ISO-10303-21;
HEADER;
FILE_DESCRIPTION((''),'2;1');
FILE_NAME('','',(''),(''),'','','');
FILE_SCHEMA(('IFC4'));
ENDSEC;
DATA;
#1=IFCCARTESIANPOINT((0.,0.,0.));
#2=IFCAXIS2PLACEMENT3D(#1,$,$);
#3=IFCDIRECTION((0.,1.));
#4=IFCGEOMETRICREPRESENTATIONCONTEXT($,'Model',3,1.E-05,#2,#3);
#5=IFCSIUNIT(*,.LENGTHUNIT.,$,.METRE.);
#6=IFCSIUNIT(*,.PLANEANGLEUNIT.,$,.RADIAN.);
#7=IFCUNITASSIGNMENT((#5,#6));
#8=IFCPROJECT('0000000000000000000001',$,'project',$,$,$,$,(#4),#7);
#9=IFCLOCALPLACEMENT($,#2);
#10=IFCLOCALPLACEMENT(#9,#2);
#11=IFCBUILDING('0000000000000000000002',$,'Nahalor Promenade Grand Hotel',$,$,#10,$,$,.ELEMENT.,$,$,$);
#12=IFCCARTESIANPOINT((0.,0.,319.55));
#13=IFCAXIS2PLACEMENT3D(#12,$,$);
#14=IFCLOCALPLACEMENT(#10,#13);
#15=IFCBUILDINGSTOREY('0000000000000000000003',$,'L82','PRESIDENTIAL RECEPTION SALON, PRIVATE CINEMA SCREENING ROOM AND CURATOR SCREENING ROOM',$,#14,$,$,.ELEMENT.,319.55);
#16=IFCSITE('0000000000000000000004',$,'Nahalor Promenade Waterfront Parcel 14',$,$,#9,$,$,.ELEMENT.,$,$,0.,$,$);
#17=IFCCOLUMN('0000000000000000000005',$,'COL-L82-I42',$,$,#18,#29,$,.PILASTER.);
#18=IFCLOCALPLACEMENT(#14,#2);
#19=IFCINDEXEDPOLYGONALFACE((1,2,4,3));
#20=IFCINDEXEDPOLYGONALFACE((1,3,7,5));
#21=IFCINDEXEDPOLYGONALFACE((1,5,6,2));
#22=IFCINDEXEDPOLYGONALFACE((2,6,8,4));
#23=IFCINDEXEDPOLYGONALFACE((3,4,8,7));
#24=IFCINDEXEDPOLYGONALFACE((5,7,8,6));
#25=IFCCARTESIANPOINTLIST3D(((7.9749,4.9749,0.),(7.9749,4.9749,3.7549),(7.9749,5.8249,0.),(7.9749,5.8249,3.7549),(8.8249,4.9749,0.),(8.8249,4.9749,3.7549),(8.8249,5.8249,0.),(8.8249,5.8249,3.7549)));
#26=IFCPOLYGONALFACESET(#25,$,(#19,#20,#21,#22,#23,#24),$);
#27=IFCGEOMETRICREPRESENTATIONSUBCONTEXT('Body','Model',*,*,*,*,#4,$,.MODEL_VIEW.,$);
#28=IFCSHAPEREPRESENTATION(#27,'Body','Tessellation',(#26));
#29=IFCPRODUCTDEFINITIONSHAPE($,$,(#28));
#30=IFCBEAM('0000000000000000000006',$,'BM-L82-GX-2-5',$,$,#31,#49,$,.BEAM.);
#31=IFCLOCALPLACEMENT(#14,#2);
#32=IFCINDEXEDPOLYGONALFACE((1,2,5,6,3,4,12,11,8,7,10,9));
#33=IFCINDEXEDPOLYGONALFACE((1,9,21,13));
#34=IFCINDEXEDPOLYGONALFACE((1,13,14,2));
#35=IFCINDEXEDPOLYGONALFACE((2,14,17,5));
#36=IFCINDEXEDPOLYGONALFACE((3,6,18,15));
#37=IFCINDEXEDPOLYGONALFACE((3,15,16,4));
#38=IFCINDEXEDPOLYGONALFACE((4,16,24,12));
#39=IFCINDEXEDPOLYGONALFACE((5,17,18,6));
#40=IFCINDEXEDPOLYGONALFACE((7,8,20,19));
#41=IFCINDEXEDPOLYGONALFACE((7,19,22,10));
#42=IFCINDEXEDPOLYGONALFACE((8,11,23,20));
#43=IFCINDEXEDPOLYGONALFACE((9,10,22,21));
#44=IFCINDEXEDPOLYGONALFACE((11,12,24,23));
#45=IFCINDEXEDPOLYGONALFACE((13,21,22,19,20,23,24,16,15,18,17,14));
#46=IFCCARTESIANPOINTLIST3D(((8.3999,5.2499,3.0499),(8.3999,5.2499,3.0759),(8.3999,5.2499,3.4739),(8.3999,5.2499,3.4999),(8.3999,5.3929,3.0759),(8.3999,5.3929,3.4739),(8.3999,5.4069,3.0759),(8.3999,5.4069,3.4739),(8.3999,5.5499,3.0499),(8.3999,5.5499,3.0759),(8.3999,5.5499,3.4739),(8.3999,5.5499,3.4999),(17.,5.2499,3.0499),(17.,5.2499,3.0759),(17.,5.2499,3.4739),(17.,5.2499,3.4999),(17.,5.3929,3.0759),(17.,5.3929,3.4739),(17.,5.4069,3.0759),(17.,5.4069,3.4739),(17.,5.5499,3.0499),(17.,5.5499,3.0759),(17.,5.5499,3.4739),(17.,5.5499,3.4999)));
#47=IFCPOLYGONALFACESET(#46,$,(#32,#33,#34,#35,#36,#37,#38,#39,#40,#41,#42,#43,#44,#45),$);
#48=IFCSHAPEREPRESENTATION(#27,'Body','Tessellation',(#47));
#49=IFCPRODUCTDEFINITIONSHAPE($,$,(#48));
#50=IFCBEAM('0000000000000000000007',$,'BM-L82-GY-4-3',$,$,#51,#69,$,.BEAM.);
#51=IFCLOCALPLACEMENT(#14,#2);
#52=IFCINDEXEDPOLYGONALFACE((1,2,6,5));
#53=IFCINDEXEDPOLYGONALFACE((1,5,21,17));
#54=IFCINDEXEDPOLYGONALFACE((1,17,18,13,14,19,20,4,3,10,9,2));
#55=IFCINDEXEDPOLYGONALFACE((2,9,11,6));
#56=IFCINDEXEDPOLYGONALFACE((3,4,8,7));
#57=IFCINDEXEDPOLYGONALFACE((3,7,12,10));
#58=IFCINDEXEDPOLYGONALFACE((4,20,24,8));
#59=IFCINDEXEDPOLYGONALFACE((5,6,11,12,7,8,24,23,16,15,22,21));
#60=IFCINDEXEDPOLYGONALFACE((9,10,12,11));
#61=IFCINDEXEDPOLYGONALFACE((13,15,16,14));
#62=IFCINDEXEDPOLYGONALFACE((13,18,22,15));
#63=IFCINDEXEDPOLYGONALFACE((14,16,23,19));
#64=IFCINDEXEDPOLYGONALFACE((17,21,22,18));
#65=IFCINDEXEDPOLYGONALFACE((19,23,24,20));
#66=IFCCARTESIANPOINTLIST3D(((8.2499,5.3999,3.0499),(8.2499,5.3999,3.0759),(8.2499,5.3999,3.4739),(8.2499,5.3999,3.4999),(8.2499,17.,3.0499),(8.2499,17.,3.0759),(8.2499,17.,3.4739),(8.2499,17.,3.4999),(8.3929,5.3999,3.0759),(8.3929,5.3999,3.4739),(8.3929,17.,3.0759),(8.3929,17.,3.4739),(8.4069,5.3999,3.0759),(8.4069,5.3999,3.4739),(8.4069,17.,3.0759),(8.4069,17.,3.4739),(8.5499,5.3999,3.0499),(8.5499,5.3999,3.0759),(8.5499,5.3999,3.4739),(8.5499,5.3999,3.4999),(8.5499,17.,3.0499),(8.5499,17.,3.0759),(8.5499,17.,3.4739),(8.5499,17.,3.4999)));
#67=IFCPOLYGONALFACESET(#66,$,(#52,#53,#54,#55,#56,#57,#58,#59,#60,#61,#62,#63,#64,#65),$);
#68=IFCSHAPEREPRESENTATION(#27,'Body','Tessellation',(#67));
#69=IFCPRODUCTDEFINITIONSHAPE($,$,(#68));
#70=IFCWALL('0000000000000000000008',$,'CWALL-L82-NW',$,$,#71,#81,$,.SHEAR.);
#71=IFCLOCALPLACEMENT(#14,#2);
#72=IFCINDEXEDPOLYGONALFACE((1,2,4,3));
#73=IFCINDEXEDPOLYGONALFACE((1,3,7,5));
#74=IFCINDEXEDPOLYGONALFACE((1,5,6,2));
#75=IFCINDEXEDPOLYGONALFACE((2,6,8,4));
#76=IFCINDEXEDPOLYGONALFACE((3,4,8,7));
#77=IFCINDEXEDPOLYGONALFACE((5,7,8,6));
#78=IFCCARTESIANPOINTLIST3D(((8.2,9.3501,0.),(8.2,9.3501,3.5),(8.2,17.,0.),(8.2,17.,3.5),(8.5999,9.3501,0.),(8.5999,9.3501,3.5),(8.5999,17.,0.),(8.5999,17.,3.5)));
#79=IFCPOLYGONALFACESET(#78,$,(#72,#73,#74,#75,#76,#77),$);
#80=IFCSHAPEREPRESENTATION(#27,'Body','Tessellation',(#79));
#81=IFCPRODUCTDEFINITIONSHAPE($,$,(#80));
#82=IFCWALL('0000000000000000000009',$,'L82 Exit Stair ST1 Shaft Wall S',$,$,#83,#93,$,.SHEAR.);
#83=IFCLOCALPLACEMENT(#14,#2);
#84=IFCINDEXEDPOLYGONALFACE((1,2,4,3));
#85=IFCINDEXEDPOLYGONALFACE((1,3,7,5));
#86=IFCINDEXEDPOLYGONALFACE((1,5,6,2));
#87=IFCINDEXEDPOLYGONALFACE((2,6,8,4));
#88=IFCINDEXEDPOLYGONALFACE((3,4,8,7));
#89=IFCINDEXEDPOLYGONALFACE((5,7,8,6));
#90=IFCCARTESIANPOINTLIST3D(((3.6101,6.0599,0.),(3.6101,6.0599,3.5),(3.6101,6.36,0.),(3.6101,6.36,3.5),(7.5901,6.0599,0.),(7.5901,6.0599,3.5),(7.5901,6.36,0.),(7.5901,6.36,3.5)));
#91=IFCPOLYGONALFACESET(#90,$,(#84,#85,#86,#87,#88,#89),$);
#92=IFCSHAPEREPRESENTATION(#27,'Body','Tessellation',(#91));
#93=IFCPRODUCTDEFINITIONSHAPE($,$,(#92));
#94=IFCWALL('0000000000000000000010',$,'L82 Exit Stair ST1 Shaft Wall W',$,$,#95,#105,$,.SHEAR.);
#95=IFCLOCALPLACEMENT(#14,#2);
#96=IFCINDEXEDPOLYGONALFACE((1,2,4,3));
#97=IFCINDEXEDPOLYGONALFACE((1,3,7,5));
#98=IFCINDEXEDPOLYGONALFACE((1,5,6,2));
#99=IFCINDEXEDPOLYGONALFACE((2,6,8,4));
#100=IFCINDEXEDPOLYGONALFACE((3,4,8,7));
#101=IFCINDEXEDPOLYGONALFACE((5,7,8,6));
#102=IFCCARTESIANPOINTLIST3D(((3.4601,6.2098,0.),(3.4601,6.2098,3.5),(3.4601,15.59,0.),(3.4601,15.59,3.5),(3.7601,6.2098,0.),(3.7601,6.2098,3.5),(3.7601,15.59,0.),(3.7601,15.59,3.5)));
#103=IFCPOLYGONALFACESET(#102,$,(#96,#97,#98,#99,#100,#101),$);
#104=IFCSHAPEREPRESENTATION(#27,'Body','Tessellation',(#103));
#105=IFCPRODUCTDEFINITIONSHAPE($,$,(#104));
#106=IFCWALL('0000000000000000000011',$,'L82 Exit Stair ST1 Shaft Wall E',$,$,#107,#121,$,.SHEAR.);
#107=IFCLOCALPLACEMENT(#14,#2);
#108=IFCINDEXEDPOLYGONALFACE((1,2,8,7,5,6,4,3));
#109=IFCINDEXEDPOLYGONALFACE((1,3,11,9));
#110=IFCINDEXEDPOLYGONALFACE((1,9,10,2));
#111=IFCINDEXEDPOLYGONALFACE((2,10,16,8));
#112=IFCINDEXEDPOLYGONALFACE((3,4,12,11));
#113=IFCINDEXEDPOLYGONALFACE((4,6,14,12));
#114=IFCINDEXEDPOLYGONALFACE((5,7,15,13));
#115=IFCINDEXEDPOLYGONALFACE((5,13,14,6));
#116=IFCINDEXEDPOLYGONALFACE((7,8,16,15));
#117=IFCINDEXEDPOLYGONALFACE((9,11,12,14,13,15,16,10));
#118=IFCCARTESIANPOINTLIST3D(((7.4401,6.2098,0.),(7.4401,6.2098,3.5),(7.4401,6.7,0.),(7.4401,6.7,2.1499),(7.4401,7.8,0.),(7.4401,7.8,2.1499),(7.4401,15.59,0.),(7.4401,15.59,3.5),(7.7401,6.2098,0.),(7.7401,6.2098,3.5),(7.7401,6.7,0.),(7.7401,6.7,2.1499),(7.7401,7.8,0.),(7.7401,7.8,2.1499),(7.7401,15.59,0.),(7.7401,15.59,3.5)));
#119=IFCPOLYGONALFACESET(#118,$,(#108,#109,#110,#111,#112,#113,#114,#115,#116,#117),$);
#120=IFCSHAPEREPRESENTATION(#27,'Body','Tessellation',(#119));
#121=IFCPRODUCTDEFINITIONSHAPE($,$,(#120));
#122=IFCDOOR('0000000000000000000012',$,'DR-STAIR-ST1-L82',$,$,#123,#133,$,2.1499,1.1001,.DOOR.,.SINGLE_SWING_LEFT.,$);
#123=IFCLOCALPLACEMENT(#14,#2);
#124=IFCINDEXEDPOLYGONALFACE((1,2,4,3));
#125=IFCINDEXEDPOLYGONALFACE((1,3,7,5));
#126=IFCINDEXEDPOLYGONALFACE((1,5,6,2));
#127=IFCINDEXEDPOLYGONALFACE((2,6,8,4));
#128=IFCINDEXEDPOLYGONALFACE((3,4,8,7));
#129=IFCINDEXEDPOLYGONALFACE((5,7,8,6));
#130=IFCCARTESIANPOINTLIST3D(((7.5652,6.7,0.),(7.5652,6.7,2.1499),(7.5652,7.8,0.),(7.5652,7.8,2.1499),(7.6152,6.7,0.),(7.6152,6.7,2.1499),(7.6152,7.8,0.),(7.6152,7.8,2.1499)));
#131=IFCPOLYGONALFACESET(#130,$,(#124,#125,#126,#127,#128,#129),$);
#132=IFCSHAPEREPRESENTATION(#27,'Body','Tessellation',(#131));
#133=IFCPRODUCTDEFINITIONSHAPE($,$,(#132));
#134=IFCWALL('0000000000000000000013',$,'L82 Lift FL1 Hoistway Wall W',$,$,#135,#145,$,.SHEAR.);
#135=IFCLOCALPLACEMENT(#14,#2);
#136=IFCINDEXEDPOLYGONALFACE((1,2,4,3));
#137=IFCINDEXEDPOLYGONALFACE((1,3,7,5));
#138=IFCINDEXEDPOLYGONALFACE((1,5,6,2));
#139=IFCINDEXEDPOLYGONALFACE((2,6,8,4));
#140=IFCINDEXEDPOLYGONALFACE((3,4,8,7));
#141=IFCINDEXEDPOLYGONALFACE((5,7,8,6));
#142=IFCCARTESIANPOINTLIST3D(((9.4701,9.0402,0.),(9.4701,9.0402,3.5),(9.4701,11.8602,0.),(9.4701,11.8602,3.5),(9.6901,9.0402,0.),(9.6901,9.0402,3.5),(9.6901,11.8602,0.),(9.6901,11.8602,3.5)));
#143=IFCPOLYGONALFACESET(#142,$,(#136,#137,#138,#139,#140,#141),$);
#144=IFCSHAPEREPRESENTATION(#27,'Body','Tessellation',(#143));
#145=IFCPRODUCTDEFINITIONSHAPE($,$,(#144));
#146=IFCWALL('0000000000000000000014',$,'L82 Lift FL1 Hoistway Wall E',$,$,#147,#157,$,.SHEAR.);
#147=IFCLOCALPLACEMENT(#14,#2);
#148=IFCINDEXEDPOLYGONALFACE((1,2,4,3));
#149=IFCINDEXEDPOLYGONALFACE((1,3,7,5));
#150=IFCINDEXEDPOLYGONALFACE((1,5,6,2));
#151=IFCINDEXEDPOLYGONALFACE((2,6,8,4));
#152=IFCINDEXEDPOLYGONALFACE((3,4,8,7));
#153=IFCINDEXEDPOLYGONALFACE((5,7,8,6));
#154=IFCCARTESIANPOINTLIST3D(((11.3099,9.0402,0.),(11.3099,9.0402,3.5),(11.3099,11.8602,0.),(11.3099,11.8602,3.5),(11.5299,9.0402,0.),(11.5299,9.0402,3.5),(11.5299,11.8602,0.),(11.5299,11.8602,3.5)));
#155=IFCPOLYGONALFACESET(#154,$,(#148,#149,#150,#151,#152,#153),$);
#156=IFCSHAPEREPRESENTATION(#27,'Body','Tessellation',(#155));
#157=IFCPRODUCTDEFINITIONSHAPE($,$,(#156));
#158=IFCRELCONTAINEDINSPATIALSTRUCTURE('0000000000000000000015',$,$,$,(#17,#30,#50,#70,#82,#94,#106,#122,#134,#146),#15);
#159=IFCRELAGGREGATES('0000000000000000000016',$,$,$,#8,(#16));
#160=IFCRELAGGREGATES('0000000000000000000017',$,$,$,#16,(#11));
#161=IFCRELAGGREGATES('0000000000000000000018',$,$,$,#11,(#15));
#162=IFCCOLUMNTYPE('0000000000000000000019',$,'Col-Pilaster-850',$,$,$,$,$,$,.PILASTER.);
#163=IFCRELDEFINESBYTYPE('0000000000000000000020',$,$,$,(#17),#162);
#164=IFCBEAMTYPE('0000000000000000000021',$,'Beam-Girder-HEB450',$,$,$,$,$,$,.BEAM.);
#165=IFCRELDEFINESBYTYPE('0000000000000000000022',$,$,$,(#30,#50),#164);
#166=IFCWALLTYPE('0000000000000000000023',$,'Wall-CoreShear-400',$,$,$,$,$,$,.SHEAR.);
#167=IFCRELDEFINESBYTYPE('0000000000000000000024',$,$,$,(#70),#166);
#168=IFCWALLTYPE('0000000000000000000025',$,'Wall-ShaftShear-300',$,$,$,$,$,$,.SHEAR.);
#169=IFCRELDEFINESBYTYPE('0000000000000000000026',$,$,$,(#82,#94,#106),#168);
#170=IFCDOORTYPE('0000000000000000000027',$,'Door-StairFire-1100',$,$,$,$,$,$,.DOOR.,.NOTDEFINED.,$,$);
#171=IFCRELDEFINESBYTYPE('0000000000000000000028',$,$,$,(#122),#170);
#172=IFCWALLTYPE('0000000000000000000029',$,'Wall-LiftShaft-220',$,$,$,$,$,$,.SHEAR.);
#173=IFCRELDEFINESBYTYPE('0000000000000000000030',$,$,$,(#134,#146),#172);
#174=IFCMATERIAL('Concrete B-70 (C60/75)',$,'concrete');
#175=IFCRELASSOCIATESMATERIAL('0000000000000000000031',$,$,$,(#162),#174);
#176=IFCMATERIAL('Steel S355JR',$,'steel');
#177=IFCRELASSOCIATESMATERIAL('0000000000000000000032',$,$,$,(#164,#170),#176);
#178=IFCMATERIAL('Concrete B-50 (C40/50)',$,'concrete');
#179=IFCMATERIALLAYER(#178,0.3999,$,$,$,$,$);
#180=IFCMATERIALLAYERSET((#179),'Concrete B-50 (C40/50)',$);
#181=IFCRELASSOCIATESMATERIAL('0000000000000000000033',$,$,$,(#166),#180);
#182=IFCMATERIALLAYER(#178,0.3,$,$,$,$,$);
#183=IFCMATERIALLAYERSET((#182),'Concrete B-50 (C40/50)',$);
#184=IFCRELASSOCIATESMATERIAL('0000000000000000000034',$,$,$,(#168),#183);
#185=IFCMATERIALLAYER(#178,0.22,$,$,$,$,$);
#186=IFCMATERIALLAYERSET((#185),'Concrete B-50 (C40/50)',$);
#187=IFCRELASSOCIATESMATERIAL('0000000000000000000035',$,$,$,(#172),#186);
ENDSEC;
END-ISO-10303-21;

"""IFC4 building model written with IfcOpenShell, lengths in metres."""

from ifc_helpers import new_model, si_unit, direction, frame, frame_2d, origin, origin_2d, place, context, subcontext, project, spatial, rectangle, i_section, extrude, source, transform, mapped, material, layer, layer_set, material_profile, profile_set, type_object, element, fill, save


model = new_model("IFC4")

# Units and contexts
model_context = context("Model", 3, precision=1e-05, world=origin(), true_north=direction((0.0, 1.0)))
body_context = subcontext(model_context, "Body", "Model", "MODEL_VIEW")
ifc_project = project(units=[si_unit("LENGTHUNIT", "METRE"), si_unit("PLANEANGLEUNIT", "RADIAN")], contexts=[model_context])

# Site, building, storey
site_placement = place(None, origin())
site = spatial("IfcSite", under=ifc_project, at=site_placement, Name="Nahalor Promenade Waterfront Parcel 14", CompositionType="ELEMENT", RefElevation=0.0)
building_placement = place(site_placement, origin())
building = spatial("IfcBuilding", under=site, at=building_placement, Name="Nahalor Promenade Grand Hotel", CompositionType="ELEMENT")
storey_placement = place(building_placement, frame((0.0, 0.0, 319.55)))
storey = spatial("IfcBuildingStorey", under=building, at=storey_placement, Name="L82", Description="PRESIDENTIAL RECEPTION SALON, PRIVATE CINEMA SCREENING ROOM AND CURATOR SCREENING ROOM", CompositionType="ELEMENT", Elevation=319.55)

# Column
ifc_material_1 = material(Name="Concrete B-70 (C60/75)", Category="concrete")
ifc_material_profile_1 = material_profile(ifc_material_1, rectangle(XDim=0.85, YDim=0.85, at=origin_2d()), Name="RC 850x850")
ifc_profile_set_1 = profile_set([ifc_material_profile_1], Name="Concrete B-70 (C60/75)")
column_type = type_object("IfcColumnType", Name="Col-Pilaster-850", PredefinedType="PILASTER", material=ifc_profile_set_1)
shared_shape_1 = source(origin(), body_context, "Body", "SweptSolid", [
    extrude(rectangle(XDim=0.85, YDim=0.85, at=origin_2d()), origin(), (0.0, 0.0, 1.0), 3.7549),
])
column_placement = place(storey_placement, frame((8.3999, 5.3999, 0.0), z_axis=(0.0, 0.0, 1.0), x_axis=(1.0, 0.0, 0.0)))
element("IfcColumn", 1, at=column_placement, inside=storey, type_object=column_type, Name="COL-L82-I42", PredefinedType="PILASTER", context=body_context, shape_type="MappedRepresentation", body=[
    mapped(shared_shape_1, transform((0.0, 0.0, 0.0), scale=1.0)),
])

# Beams
ifc_material_2 = material(Name="Steel S355JR", Category="steel")
ifc_material_profile_2 = material_profile(ifc_material_2, i_section(OverallWidth=0.3, OverallDepth=0.45, WebThickness=0.014, FlangeThickness=0.026, at=origin_2d()), Name="HEB 450")
ifc_profile_set_2 = profile_set([ifc_material_profile_2], Name="Steel S355JR")
beam_type = type_object("IfcBeamType", Name="Beam-Girder-HEB450", PredefinedType="BEAM", material=ifc_profile_set_2)
shared_shape_2 = source(origin(), body_context, "Body", "SweptSolid", [
    extrude(i_section(OverallWidth=0.3, OverallDepth=0.45, WebThickness=0.014, FlangeThickness=0.026, at=origin_2d()), origin(), (0.0, 0.0, 1.0), 8.6001),
])
beam_1_placement = place(storey_placement, frame((8.3999, 5.3999, 3.2749), z_axis=(1.0, 0.0, 0.0), x_axis=(0.0, 1.0, 0.0)))
element("IfcBeam", 2, at=beam_1_placement, inside=storey, type_object=beam_type, Name="BM-L82-GX-2-5", PredefinedType="BEAM", context=body_context, shape_type="MappedRepresentation", body=[
    mapped(shared_shape_2, transform((0.0, 0.0, 0.0), scale=1.0)),
])
shared_shape_3 = source(origin(), body_context, "Body", "SweptSolid", [
    extrude(i_section(OverallWidth=0.3, OverallDepth=0.45, WebThickness=0.014, FlangeThickness=0.026, at=origin_2d()), origin(), (0.0, 0.0, 1.0), 11.6001),
])
beam_2_placement = place(storey_placement, frame((8.3999, 5.3999, 3.2749), z_axis=(0.0, 1.0, 0.0), x_axis=(-1.0, 0.0, 0.0)))
element("IfcBeam", 3, at=beam_2_placement, inside=storey, type_object=beam_type, Name="BM-L82-GY-4-3", PredefinedType="BEAM", context=body_context, shape_type="MappedRepresentation", body=[
    mapped(shared_shape_3, transform((0.0, 0.0, 0.0), scale=1.0)),
])

# Walls
ifc_material_3 = material(Name="Concrete B-50 (C40/50)", Category="concrete")
ifc_layer_1 = layer(ifc_material_3, 0.3999)
ifc_layer_set_1 = layer_set([ifc_layer_1], Name="Concrete B-50 (C40/50)")
wall_type_1 = type_object("IfcWallType", Name="Wall-CoreShear-400", PredefinedType="SHEAR", material=ifc_layer_set_1)
shared_shape_4 = source(origin(), body_context, "Body", "SweptSolid", [
    extrude(rectangle(XDim=7.6499, YDim=0.3999, at=frame_2d((3.825, 0.0))), origin(), (0.0, 0.0, 1.0), 3.5),
])
wall_1_placement = place(storey_placement, frame((8.3999, 9.3501, 0.0), z_axis=(0.0, 0.0, 1.0), x_axis=(0.0, 1.0, 0.0)))
element("IfcWall", 4, at=wall_1_placement, inside=storey, type_object=wall_type_1, Name="CWALL-L82-NW", PredefinedType="SHEAR", context=body_context, shape_type="MappedRepresentation", body=[
    mapped(shared_shape_4, transform((0.0, 0.0, 0.0), scale=1.0)),
])
ifc_layer_2 = layer(ifc_material_3, 0.3)
ifc_layer_set_2 = layer_set([ifc_layer_2], Name="Concrete B-50 (C40/50)")
wall_type_2 = type_object("IfcWallType", Name="Wall-ShaftShear-300", PredefinedType="SHEAR", material=ifc_layer_set_2)
shared_shape_5 = source(origin(), body_context, "Body", "SweptSolid", [
    extrude(rectangle(XDim=3.98, YDim=0.3, at=frame_2d((1.99, 0.0))), origin(), (0.0, 0.0, 1.0), 3.5),
])
wall_2_placement = place(storey_placement, frame((3.6101, 6.21, 0.0), z_axis=(0.0, 0.0, 1.0), x_axis=(1.0, 0.0, 0.0)))
element("IfcWall", 5, at=wall_2_placement, inside=storey, type_object=wall_type_2, Name="L82 Exit Stair ST1 Shaft Wall S", PredefinedType="SHEAR", context=body_context, shape_type="MappedRepresentation", body=[
    mapped(shared_shape_5, transform((0.0, 0.0, 0.0), scale=1.0)),
])
shared_shape_6 = source(origin(), body_context, "Body", "SweptSolid", [
    extrude(rectangle(XDim=9.3801, YDim=0.3, at=frame_2d((4.6899, 0.0))), origin(), (0.0, 0.0, 1.0), 3.5),
])
wall_3_placement = place(storey_placement, frame((3.6101, 6.21, 0.0), z_axis=(0.0, 0.0, 1.0), x_axis=(0.0, 1.0, 0.0)))
element("IfcWall", 6, at=wall_3_placement, inside=storey, type_object=wall_type_2, Name="L82 Exit Stair ST1 Shaft Wall W", PredefinedType="SHEAR", context=body_context, shape_type="MappedRepresentation", body=[
    mapped(shared_shape_6, transform((0.0, 0.0, 0.0), scale=1.0)),
])

# Wall, opening, door
wall_4_placement = place(storey_placement, frame((7.5901, 6.21, 0.0), z_axis=(0.0, 0.0, 1.0), x_axis=(0.0, 1.0, 0.0)))
wall_4 = element("IfcWall", 7, at=wall_4_placement, inside=storey, type_object=wall_type_2, Name="L82 Exit Stair ST1 Shaft Wall E", PredefinedType="SHEAR", context=body_context, shape_type="MappedRepresentation", body=[
    mapped(shared_shape_6, transform((0.0, 0.0, 0.0), scale=1.0)),
])
opening_1_placement = place(wall_4_placement, frame((0.49, 0.0, 0.0)))
opening_1 = element("IfcOpeningElement", 8, at=opening_1_placement, cuts=wall_4, PredefinedType="OPENING", context=body_context, shape_type="SweptSolid", body=[
    extrude(rectangle(XDim=1.1001, YDim=2.1499, at=frame_2d((0.55, 1.075))), frame((0.0, 0.1599, 0.0), z_axis=(0.0, -1.0, 0.0), x_axis=(1.0, 0.0, 0.0)), (0.0, 0.0, 1.0), 0.3201),
])
door_type_1 = type_object("IfcDoorType", Name="Door-StairFire-1100", OperationType="NOTDEFINED", PredefinedType="DOOR", material=ifc_material_2)
shared_shape_7 = source(origin(), body_context, "Body", "SweptSolid", [
    extrude(rectangle(XDim=1.1001, YDim=2.1499, at=frame_2d((0.55, 1.075))), frame((0.0, 0.0249, 0.0), z_axis=(0.0, -1.0, 0.0), x_axis=(1.0, 0.0, 0.0)), (0.0, 0.0, 1.0), 0.05),
])
door_1_placement = place(opening_1_placement, origin())
door_1 = element("IfcDoor", 9, at=door_1_placement, inside=storey, type_object=door_type_1, Name="DR-STAIR-ST1-L82", OperationType="SINGLE_SWING_LEFT", OverallHeight=2.1499, OverallWidth=1.1001, PredefinedType="DOOR", context=body_context, shape_type="MappedRepresentation", body=[
    mapped(shared_shape_7, transform((0.0, 0.0, 0.0), scale=1.0)),
])
fill(opening_1, door_1)

# Walls
ifc_layer_3 = layer(ifc_material_3, 0.22)
ifc_layer_set_3 = layer_set([ifc_layer_3], Name="Concrete B-50 (C40/50)")
wall_type_3 = type_object("IfcWallType", Name="Wall-LiftShaft-220", PredefinedType="SHEAR", material=ifc_layer_set_3)
shared_shape_8 = source(origin(), body_context, "Body", "SweptSolid", [
    extrude(rectangle(XDim=2.8201, YDim=0.22, at=frame_2d((1.4102, 0.0))), origin(), (0.0, 0.0, 1.0), 3.5),
])
for number, where, z_axis, x_axis, name in (
    (10, (9.5801, 9.04, 0.0), (0.0, 0.0, 1.0), (0.0, 1.0, 0.0), "L82 Lift FL1 Hoistway Wall W"),
    (11, (11.4199, 9.04, 0.0), (0.0, 0.0, 1.0), (0.0, 1.0, 0.0), "L82 Lift FL1 Hoistway Wall E"),
):
    element("IfcWall", number, at=place(storey_placement, frame(where, z_axis=z_axis, x_axis=x_axis)), inside=storey, type_object=wall_type_3, Name=name, PredefinedType="SHEAR", context=body_context, shape_type="MappedRepresentation", body=[
        mapped(shared_shape_8, transform((0.0, 0.0, 0.0), scale=1.0)),
    ])

save(model, "model.ifc")
